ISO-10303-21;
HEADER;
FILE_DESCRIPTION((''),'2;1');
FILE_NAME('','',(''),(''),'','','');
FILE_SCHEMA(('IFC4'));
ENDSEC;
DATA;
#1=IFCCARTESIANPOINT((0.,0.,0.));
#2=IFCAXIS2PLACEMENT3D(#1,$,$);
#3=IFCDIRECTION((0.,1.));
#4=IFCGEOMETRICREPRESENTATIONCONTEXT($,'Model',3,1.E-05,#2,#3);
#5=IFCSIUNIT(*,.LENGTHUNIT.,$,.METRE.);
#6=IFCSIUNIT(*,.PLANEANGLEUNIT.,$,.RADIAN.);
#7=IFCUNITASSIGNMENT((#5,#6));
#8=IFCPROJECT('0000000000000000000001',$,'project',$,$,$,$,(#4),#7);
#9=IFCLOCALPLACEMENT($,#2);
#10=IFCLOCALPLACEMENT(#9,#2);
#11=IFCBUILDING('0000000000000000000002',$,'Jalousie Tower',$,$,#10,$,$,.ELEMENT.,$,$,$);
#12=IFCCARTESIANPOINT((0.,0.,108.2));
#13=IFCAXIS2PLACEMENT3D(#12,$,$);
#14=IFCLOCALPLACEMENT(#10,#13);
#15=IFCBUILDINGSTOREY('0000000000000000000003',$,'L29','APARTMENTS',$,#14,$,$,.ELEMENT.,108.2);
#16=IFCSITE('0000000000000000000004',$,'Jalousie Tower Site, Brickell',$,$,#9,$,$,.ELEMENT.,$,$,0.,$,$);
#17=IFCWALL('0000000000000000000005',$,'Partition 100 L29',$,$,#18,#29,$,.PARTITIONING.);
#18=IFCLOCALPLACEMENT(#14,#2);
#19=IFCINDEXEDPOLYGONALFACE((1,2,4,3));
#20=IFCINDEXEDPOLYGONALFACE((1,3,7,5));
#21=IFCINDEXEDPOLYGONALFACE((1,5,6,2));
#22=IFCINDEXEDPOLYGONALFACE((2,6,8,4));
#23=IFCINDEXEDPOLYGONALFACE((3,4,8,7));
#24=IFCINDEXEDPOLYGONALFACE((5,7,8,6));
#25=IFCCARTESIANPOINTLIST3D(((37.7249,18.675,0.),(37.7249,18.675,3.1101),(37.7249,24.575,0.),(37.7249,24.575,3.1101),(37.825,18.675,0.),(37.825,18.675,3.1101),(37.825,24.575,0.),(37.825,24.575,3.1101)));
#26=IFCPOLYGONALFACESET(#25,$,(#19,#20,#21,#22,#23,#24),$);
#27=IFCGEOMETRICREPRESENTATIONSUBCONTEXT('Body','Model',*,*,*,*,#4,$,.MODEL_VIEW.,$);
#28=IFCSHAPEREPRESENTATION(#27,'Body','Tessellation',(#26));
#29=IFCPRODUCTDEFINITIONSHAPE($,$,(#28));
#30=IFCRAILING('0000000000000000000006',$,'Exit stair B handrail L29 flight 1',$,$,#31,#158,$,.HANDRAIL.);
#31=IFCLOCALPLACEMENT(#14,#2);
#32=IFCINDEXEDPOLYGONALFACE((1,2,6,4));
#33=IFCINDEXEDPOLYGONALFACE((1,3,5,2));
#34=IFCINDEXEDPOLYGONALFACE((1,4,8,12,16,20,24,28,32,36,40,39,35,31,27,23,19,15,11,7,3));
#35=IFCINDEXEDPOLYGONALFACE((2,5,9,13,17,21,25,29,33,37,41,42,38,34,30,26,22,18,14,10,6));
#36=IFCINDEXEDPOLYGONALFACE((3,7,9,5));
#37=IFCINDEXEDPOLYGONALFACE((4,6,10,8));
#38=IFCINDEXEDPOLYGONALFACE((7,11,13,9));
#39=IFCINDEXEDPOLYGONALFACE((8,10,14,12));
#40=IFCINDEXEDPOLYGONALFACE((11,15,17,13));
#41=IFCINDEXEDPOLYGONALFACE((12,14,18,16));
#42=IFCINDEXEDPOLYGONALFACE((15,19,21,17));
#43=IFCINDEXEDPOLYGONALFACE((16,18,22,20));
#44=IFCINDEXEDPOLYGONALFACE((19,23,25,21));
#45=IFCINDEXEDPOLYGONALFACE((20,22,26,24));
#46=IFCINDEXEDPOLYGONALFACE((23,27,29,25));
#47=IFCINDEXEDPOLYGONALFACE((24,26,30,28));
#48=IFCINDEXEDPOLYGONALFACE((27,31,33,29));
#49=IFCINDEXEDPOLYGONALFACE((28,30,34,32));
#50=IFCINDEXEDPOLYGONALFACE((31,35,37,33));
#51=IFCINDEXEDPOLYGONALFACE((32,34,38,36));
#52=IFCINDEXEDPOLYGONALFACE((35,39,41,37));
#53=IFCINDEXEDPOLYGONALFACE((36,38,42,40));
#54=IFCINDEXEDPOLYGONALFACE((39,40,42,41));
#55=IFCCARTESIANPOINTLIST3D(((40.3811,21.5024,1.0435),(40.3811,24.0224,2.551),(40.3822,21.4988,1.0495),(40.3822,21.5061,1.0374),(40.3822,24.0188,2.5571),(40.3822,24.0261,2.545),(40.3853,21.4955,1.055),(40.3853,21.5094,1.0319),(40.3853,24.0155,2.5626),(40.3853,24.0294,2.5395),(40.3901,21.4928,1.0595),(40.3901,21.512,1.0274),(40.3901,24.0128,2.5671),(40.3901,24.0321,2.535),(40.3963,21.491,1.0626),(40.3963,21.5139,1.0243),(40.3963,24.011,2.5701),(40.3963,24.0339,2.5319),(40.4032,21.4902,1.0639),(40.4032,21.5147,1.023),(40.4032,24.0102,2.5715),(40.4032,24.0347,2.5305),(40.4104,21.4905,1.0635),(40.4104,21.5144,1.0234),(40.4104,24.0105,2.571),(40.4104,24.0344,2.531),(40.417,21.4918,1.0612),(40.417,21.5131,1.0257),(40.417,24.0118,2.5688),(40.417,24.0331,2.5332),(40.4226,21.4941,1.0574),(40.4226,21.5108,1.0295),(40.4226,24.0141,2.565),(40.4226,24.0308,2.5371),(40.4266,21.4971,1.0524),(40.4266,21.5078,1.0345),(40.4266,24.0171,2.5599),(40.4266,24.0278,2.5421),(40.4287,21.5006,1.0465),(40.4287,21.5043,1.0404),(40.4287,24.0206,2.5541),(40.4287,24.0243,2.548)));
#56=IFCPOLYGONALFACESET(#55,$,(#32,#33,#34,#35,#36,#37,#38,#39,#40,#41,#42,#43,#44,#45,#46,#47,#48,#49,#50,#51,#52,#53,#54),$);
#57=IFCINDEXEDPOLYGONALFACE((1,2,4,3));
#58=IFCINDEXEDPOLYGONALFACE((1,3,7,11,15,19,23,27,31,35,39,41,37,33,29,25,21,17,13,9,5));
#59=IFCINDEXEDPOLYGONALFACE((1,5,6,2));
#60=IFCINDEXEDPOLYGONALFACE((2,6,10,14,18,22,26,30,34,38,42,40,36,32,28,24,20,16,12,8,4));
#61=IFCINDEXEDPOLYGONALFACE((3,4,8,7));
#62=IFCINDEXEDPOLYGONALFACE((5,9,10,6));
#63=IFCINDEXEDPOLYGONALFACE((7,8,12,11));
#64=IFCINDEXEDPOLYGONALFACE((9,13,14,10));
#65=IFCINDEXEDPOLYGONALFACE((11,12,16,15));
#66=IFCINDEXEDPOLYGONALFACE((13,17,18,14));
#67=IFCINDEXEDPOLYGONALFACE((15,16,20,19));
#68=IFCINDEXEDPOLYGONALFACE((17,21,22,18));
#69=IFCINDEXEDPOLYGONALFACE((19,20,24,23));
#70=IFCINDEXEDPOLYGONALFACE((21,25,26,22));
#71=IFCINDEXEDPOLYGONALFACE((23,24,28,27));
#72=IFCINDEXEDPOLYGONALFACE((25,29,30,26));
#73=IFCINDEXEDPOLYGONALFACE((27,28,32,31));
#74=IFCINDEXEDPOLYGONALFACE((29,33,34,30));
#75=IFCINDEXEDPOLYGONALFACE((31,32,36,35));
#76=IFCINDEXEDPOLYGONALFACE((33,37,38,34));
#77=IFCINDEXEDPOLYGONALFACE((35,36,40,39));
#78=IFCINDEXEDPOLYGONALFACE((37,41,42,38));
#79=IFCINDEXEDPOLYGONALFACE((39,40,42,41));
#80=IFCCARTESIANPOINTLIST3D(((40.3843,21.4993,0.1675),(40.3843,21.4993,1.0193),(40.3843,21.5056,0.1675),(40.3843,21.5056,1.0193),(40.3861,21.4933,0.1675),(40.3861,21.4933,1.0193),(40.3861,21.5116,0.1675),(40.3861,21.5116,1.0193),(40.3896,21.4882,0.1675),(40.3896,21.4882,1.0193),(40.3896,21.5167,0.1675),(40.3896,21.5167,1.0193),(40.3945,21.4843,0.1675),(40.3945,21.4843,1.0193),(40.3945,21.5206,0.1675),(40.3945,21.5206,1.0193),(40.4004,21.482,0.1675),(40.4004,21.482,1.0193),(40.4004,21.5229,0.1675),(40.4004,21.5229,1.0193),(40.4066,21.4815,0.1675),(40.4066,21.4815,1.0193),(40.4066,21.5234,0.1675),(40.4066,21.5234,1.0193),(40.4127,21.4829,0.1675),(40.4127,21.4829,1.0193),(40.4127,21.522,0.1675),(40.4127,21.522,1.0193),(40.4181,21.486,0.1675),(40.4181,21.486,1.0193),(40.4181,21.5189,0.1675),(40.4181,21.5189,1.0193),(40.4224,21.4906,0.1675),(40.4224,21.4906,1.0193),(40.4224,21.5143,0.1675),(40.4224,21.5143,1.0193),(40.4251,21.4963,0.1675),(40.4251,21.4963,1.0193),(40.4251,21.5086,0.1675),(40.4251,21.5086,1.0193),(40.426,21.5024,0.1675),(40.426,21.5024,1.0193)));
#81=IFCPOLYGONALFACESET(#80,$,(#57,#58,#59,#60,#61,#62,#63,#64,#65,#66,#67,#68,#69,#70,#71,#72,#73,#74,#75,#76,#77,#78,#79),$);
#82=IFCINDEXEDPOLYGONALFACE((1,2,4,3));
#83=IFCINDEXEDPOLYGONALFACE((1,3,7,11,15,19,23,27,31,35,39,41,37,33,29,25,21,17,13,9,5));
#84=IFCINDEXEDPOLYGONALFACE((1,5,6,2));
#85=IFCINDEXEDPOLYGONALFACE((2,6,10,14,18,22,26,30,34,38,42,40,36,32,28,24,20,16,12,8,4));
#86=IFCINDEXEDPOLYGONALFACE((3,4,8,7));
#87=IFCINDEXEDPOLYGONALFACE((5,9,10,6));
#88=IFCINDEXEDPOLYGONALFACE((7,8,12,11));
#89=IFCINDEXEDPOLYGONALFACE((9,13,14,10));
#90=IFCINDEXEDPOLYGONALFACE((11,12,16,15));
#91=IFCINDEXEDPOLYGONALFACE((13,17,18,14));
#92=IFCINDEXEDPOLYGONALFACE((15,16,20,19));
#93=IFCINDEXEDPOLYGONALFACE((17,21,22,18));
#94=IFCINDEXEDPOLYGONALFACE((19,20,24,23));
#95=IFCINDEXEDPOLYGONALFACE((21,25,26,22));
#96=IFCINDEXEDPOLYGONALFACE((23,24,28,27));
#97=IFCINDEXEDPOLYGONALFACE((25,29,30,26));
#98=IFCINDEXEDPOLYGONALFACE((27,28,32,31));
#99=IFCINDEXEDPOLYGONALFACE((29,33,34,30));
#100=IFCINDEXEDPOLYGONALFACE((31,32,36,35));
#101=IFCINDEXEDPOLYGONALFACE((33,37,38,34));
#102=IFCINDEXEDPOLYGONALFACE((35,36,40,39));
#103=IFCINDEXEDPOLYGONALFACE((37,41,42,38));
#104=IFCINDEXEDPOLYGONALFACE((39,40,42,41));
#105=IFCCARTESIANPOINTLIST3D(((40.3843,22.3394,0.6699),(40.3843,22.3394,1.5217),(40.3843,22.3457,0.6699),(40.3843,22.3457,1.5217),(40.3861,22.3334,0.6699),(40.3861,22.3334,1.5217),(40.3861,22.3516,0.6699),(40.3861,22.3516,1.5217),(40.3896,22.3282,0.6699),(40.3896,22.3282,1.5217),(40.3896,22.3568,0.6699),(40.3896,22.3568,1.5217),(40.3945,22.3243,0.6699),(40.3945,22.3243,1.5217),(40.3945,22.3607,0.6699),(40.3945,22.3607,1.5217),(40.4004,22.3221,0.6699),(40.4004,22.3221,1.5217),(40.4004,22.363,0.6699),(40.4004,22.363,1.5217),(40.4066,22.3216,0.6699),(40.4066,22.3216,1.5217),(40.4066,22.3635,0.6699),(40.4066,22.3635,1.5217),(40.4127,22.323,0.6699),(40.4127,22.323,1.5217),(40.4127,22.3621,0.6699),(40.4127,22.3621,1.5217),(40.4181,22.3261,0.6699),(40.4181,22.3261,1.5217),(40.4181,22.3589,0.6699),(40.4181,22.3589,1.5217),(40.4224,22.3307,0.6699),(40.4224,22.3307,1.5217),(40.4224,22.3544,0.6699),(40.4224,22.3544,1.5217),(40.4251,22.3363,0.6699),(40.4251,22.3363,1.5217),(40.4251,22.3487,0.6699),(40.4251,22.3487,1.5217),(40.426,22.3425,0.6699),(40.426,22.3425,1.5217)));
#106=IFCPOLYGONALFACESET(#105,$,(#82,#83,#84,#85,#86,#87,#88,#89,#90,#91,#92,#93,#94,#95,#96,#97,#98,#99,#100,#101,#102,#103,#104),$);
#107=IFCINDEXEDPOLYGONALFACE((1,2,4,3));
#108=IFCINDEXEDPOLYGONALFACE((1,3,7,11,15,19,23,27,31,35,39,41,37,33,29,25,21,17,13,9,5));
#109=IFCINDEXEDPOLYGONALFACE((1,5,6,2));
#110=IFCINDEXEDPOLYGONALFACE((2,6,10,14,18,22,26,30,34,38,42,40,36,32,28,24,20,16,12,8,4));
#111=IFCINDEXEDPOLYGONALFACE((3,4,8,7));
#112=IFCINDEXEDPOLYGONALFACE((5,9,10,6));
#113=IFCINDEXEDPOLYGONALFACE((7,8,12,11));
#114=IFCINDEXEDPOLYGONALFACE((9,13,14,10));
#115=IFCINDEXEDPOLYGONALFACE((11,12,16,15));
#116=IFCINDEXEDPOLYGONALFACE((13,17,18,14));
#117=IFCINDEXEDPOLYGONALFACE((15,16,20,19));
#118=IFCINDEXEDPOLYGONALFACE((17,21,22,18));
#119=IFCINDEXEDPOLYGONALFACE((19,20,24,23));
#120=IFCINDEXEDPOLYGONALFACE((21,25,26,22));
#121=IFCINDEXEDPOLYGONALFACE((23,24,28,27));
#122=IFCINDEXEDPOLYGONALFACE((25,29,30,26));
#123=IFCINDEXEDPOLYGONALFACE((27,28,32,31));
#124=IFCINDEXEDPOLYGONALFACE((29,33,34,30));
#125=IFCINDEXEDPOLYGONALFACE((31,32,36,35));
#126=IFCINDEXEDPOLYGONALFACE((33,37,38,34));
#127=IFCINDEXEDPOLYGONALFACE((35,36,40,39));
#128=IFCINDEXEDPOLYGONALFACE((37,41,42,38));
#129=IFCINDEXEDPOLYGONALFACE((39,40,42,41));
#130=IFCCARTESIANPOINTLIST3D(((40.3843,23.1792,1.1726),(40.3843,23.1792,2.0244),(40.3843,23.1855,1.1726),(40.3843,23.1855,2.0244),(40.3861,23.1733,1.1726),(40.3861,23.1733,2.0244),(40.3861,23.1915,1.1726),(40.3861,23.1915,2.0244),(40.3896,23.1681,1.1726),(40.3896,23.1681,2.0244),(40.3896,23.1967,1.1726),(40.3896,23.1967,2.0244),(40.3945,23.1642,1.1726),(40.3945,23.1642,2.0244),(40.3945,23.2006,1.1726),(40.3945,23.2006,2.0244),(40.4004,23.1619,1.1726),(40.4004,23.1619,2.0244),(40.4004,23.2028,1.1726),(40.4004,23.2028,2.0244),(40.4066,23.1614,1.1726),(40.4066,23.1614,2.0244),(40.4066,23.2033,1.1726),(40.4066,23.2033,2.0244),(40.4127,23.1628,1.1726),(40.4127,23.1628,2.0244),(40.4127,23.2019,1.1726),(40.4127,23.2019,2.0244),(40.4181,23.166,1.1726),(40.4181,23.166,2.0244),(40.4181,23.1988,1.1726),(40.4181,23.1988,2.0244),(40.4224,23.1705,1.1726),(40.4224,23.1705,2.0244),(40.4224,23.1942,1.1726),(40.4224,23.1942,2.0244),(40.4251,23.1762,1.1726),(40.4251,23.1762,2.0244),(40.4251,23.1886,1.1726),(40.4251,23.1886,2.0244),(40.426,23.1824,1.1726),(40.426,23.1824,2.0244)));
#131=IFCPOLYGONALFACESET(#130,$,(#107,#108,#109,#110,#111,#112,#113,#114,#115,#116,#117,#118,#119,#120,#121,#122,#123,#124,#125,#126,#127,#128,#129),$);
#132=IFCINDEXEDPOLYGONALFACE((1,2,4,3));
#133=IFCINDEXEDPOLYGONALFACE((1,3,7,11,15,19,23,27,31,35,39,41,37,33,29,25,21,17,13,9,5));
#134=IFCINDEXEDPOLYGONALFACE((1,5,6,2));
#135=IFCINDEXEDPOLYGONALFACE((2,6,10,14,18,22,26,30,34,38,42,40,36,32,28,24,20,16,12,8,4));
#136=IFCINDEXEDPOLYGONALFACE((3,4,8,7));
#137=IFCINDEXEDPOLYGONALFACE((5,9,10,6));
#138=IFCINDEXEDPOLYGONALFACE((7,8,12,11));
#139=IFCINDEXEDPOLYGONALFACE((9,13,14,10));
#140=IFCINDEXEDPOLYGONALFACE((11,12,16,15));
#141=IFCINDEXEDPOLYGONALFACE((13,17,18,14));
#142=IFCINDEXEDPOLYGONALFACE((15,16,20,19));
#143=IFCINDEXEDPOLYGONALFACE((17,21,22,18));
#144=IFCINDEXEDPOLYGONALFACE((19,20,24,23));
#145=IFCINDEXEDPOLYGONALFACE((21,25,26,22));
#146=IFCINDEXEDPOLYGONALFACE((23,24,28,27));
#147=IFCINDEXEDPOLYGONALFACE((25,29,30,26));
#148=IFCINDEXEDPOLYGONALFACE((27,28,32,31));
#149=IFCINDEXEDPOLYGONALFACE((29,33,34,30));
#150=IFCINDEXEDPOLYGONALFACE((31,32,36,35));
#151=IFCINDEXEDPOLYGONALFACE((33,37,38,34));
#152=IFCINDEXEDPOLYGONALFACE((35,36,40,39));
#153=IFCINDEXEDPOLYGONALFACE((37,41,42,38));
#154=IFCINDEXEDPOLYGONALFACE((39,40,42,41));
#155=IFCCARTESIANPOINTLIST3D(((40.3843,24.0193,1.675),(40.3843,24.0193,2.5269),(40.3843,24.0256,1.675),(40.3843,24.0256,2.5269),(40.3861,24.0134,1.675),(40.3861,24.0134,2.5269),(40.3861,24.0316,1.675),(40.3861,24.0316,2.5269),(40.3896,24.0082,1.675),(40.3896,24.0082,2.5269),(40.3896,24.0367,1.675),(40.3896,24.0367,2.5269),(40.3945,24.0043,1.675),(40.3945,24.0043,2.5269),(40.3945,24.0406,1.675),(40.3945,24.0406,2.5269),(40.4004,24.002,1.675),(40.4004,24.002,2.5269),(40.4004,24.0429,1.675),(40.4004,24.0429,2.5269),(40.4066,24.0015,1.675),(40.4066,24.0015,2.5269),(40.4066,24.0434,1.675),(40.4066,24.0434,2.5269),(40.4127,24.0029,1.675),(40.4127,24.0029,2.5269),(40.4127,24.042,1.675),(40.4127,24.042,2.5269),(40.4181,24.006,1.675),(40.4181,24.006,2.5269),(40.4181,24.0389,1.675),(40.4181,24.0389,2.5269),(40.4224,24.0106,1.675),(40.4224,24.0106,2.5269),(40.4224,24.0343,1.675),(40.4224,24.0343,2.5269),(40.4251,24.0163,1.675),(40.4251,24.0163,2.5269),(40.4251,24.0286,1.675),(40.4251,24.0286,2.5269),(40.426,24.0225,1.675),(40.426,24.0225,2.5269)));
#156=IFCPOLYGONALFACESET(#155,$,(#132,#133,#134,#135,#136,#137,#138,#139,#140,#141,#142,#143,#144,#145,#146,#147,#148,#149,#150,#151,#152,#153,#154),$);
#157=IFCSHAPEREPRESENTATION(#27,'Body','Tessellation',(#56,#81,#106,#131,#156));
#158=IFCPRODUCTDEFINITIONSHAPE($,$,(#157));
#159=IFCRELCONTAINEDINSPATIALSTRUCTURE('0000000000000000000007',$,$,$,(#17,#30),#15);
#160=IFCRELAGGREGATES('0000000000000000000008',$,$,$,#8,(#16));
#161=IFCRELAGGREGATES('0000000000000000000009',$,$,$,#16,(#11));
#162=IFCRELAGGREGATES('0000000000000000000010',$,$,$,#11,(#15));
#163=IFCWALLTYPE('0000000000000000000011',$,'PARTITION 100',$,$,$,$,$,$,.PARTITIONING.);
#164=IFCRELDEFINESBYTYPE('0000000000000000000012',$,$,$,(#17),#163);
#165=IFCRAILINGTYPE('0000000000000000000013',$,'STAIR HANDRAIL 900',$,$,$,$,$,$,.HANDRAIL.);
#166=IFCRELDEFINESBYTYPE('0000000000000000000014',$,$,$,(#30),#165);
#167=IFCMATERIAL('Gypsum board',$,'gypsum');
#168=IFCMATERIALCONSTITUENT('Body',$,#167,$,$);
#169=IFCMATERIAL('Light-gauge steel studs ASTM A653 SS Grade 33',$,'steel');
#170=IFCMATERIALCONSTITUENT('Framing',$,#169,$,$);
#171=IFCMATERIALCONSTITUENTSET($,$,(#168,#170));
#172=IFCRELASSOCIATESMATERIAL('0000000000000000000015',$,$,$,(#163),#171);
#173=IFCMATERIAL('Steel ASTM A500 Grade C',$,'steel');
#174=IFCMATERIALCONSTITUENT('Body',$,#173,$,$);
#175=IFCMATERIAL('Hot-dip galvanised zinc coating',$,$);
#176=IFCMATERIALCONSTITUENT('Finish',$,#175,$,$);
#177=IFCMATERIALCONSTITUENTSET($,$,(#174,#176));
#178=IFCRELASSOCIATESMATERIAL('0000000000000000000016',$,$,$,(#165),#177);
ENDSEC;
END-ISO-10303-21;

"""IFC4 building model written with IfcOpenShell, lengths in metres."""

from ifc_helpers import new_model, si_unit, direction, frame, frame_2d, origin, origin_2d, place, context, subcontext, project, spatial, rectangle, circle, extrude, material, constituent, constituent_set, type_object, element, save


model = new_model("IFC4")

# Units and contexts
model_context = context("Model", 3, precision=1e-05, world=origin(), true_north=direction((0.0, 1.0)))
body_context = subcontext(model_context, "Body", "Model", "MODEL_VIEW")
ifc_project = project(units=[si_unit("LENGTHUNIT", "METRE"), si_unit("PLANEANGLEUNIT", "RADIAN")], contexts=[model_context])

# Site, building, storey
site_placement = place(None, origin())
site = spatial("IfcSite", under=ifc_project, at=site_placement, Name="Jalousie Tower Site, Brickell", CompositionType="ELEMENT", RefElevation=0.0)
building_placement = place(site_placement, origin())
building = spatial("IfcBuilding", under=site, at=building_placement, Name="Jalousie Tower", CompositionType="ELEMENT")
storey_placement = place(building_placement, frame((0.0, 0.0, 108.2)))
storey = spatial("IfcBuildingStorey", under=building, at=storey_placement, Name="L29", Description="APARTMENTS", CompositionType="ELEMENT", Elevation=108.2)

# Wall
ifc_material_1 = material(Name="Gypsum board", Category="gypsum")
ifc_constituent_1 = constituent(ifc_material_1, Name="Body")
ifc_material_2 = material(Name="Light-gauge steel studs ASTM A653 SS Grade 33", Category="steel")
ifc_constituent_2 = constituent(ifc_material_2, Name="Framing")
ifc_constituent_set_1 = constituent_set(constituents=[ifc_constituent_1, ifc_constituent_2])
wall_type_1 = type_object("IfcWallType", Name="PARTITION 100", PredefinedType="PARTITIONING", material=ifc_constituent_set_1)
wall_1_placement = place(storey_placement, frame((37.7749, 18.675, 0.0), z_axis=(0.0, 0.0, 1.0), x_axis=(0.0, 1.0, 0.0)))
element("IfcWall", 1, at=wall_1_placement, inside=storey, type_object=wall_type_1, Name="Partition 100 L29", PredefinedType="PARTITIONING", context=body_context, shape_type="SweptSolid", body=[
    extrude(rectangle(XDim=5.8999, YDim=0.1001, at=frame_2d((2.95, 0.0))), origin(), (0.0, 0.0, 1.0), 3.1101),
])

# Railing
ifc_material_3 = material(Name="Steel ASTM A500 Grade C", Category="steel")
ifc_constituent_3 = constituent(ifc_material_3, Name="Body")
ifc_material_4 = material(Name="Hot-dip galvanised zinc coating")
ifc_constituent_4 = constituent(ifc_material_4, Name="Finish")
ifc_constituent_set_2 = constituent_set(constituents=[ifc_constituent_3, ifc_constituent_4])
railing_type = type_object("IfcRailingType", Name="STAIR HANDRAIL 900", PredefinedType="HANDRAIL", material=ifc_constituent_set_2)
railing_1_placement = place(storey_placement, frame((40.405, 21.5024, 0.1675)))
element("IfcRailing", 2, at=railing_1_placement, inside=storey, type_object=railing_type, Name="Exit stair B handrail L29 flight 1", PredefinedType="HANDRAIL", context=body_context, shape_type="SweptSolid", body=[
    extrude(circle(Radius=0.0239, at=origin_2d()), frame((0.0, 0.0, 0.876), z_axis=(0.0, 0.85816, 0.513383), x_axis=(-1.0, 0.0, 0.0)), (0.0, 0.0, 1.0), 2.9365),
    extrude(circle(Radius=0.021, at=origin_2d()), origin(), (0.0, 0.0, 1.0), 0.8518),
    extrude(circle(Radius=0.021, at=origin_2d()), frame((0.0, 0.8401, 0.5024)), (0.0, 0.0, 1.0), 0.8518),
    extrude(circle(Radius=0.021, at=origin_2d()), frame((0.0, 1.6799, 1.0051)), (0.0, 0.0, 1.0), 0.8518),
    extrude(circle(Radius=0.021, at=origin_2d()), frame((0.0, 2.52, 1.5076)), (0.0, 0.0, 1.0), 0.8518),
])

save(model, "model.ifc")
